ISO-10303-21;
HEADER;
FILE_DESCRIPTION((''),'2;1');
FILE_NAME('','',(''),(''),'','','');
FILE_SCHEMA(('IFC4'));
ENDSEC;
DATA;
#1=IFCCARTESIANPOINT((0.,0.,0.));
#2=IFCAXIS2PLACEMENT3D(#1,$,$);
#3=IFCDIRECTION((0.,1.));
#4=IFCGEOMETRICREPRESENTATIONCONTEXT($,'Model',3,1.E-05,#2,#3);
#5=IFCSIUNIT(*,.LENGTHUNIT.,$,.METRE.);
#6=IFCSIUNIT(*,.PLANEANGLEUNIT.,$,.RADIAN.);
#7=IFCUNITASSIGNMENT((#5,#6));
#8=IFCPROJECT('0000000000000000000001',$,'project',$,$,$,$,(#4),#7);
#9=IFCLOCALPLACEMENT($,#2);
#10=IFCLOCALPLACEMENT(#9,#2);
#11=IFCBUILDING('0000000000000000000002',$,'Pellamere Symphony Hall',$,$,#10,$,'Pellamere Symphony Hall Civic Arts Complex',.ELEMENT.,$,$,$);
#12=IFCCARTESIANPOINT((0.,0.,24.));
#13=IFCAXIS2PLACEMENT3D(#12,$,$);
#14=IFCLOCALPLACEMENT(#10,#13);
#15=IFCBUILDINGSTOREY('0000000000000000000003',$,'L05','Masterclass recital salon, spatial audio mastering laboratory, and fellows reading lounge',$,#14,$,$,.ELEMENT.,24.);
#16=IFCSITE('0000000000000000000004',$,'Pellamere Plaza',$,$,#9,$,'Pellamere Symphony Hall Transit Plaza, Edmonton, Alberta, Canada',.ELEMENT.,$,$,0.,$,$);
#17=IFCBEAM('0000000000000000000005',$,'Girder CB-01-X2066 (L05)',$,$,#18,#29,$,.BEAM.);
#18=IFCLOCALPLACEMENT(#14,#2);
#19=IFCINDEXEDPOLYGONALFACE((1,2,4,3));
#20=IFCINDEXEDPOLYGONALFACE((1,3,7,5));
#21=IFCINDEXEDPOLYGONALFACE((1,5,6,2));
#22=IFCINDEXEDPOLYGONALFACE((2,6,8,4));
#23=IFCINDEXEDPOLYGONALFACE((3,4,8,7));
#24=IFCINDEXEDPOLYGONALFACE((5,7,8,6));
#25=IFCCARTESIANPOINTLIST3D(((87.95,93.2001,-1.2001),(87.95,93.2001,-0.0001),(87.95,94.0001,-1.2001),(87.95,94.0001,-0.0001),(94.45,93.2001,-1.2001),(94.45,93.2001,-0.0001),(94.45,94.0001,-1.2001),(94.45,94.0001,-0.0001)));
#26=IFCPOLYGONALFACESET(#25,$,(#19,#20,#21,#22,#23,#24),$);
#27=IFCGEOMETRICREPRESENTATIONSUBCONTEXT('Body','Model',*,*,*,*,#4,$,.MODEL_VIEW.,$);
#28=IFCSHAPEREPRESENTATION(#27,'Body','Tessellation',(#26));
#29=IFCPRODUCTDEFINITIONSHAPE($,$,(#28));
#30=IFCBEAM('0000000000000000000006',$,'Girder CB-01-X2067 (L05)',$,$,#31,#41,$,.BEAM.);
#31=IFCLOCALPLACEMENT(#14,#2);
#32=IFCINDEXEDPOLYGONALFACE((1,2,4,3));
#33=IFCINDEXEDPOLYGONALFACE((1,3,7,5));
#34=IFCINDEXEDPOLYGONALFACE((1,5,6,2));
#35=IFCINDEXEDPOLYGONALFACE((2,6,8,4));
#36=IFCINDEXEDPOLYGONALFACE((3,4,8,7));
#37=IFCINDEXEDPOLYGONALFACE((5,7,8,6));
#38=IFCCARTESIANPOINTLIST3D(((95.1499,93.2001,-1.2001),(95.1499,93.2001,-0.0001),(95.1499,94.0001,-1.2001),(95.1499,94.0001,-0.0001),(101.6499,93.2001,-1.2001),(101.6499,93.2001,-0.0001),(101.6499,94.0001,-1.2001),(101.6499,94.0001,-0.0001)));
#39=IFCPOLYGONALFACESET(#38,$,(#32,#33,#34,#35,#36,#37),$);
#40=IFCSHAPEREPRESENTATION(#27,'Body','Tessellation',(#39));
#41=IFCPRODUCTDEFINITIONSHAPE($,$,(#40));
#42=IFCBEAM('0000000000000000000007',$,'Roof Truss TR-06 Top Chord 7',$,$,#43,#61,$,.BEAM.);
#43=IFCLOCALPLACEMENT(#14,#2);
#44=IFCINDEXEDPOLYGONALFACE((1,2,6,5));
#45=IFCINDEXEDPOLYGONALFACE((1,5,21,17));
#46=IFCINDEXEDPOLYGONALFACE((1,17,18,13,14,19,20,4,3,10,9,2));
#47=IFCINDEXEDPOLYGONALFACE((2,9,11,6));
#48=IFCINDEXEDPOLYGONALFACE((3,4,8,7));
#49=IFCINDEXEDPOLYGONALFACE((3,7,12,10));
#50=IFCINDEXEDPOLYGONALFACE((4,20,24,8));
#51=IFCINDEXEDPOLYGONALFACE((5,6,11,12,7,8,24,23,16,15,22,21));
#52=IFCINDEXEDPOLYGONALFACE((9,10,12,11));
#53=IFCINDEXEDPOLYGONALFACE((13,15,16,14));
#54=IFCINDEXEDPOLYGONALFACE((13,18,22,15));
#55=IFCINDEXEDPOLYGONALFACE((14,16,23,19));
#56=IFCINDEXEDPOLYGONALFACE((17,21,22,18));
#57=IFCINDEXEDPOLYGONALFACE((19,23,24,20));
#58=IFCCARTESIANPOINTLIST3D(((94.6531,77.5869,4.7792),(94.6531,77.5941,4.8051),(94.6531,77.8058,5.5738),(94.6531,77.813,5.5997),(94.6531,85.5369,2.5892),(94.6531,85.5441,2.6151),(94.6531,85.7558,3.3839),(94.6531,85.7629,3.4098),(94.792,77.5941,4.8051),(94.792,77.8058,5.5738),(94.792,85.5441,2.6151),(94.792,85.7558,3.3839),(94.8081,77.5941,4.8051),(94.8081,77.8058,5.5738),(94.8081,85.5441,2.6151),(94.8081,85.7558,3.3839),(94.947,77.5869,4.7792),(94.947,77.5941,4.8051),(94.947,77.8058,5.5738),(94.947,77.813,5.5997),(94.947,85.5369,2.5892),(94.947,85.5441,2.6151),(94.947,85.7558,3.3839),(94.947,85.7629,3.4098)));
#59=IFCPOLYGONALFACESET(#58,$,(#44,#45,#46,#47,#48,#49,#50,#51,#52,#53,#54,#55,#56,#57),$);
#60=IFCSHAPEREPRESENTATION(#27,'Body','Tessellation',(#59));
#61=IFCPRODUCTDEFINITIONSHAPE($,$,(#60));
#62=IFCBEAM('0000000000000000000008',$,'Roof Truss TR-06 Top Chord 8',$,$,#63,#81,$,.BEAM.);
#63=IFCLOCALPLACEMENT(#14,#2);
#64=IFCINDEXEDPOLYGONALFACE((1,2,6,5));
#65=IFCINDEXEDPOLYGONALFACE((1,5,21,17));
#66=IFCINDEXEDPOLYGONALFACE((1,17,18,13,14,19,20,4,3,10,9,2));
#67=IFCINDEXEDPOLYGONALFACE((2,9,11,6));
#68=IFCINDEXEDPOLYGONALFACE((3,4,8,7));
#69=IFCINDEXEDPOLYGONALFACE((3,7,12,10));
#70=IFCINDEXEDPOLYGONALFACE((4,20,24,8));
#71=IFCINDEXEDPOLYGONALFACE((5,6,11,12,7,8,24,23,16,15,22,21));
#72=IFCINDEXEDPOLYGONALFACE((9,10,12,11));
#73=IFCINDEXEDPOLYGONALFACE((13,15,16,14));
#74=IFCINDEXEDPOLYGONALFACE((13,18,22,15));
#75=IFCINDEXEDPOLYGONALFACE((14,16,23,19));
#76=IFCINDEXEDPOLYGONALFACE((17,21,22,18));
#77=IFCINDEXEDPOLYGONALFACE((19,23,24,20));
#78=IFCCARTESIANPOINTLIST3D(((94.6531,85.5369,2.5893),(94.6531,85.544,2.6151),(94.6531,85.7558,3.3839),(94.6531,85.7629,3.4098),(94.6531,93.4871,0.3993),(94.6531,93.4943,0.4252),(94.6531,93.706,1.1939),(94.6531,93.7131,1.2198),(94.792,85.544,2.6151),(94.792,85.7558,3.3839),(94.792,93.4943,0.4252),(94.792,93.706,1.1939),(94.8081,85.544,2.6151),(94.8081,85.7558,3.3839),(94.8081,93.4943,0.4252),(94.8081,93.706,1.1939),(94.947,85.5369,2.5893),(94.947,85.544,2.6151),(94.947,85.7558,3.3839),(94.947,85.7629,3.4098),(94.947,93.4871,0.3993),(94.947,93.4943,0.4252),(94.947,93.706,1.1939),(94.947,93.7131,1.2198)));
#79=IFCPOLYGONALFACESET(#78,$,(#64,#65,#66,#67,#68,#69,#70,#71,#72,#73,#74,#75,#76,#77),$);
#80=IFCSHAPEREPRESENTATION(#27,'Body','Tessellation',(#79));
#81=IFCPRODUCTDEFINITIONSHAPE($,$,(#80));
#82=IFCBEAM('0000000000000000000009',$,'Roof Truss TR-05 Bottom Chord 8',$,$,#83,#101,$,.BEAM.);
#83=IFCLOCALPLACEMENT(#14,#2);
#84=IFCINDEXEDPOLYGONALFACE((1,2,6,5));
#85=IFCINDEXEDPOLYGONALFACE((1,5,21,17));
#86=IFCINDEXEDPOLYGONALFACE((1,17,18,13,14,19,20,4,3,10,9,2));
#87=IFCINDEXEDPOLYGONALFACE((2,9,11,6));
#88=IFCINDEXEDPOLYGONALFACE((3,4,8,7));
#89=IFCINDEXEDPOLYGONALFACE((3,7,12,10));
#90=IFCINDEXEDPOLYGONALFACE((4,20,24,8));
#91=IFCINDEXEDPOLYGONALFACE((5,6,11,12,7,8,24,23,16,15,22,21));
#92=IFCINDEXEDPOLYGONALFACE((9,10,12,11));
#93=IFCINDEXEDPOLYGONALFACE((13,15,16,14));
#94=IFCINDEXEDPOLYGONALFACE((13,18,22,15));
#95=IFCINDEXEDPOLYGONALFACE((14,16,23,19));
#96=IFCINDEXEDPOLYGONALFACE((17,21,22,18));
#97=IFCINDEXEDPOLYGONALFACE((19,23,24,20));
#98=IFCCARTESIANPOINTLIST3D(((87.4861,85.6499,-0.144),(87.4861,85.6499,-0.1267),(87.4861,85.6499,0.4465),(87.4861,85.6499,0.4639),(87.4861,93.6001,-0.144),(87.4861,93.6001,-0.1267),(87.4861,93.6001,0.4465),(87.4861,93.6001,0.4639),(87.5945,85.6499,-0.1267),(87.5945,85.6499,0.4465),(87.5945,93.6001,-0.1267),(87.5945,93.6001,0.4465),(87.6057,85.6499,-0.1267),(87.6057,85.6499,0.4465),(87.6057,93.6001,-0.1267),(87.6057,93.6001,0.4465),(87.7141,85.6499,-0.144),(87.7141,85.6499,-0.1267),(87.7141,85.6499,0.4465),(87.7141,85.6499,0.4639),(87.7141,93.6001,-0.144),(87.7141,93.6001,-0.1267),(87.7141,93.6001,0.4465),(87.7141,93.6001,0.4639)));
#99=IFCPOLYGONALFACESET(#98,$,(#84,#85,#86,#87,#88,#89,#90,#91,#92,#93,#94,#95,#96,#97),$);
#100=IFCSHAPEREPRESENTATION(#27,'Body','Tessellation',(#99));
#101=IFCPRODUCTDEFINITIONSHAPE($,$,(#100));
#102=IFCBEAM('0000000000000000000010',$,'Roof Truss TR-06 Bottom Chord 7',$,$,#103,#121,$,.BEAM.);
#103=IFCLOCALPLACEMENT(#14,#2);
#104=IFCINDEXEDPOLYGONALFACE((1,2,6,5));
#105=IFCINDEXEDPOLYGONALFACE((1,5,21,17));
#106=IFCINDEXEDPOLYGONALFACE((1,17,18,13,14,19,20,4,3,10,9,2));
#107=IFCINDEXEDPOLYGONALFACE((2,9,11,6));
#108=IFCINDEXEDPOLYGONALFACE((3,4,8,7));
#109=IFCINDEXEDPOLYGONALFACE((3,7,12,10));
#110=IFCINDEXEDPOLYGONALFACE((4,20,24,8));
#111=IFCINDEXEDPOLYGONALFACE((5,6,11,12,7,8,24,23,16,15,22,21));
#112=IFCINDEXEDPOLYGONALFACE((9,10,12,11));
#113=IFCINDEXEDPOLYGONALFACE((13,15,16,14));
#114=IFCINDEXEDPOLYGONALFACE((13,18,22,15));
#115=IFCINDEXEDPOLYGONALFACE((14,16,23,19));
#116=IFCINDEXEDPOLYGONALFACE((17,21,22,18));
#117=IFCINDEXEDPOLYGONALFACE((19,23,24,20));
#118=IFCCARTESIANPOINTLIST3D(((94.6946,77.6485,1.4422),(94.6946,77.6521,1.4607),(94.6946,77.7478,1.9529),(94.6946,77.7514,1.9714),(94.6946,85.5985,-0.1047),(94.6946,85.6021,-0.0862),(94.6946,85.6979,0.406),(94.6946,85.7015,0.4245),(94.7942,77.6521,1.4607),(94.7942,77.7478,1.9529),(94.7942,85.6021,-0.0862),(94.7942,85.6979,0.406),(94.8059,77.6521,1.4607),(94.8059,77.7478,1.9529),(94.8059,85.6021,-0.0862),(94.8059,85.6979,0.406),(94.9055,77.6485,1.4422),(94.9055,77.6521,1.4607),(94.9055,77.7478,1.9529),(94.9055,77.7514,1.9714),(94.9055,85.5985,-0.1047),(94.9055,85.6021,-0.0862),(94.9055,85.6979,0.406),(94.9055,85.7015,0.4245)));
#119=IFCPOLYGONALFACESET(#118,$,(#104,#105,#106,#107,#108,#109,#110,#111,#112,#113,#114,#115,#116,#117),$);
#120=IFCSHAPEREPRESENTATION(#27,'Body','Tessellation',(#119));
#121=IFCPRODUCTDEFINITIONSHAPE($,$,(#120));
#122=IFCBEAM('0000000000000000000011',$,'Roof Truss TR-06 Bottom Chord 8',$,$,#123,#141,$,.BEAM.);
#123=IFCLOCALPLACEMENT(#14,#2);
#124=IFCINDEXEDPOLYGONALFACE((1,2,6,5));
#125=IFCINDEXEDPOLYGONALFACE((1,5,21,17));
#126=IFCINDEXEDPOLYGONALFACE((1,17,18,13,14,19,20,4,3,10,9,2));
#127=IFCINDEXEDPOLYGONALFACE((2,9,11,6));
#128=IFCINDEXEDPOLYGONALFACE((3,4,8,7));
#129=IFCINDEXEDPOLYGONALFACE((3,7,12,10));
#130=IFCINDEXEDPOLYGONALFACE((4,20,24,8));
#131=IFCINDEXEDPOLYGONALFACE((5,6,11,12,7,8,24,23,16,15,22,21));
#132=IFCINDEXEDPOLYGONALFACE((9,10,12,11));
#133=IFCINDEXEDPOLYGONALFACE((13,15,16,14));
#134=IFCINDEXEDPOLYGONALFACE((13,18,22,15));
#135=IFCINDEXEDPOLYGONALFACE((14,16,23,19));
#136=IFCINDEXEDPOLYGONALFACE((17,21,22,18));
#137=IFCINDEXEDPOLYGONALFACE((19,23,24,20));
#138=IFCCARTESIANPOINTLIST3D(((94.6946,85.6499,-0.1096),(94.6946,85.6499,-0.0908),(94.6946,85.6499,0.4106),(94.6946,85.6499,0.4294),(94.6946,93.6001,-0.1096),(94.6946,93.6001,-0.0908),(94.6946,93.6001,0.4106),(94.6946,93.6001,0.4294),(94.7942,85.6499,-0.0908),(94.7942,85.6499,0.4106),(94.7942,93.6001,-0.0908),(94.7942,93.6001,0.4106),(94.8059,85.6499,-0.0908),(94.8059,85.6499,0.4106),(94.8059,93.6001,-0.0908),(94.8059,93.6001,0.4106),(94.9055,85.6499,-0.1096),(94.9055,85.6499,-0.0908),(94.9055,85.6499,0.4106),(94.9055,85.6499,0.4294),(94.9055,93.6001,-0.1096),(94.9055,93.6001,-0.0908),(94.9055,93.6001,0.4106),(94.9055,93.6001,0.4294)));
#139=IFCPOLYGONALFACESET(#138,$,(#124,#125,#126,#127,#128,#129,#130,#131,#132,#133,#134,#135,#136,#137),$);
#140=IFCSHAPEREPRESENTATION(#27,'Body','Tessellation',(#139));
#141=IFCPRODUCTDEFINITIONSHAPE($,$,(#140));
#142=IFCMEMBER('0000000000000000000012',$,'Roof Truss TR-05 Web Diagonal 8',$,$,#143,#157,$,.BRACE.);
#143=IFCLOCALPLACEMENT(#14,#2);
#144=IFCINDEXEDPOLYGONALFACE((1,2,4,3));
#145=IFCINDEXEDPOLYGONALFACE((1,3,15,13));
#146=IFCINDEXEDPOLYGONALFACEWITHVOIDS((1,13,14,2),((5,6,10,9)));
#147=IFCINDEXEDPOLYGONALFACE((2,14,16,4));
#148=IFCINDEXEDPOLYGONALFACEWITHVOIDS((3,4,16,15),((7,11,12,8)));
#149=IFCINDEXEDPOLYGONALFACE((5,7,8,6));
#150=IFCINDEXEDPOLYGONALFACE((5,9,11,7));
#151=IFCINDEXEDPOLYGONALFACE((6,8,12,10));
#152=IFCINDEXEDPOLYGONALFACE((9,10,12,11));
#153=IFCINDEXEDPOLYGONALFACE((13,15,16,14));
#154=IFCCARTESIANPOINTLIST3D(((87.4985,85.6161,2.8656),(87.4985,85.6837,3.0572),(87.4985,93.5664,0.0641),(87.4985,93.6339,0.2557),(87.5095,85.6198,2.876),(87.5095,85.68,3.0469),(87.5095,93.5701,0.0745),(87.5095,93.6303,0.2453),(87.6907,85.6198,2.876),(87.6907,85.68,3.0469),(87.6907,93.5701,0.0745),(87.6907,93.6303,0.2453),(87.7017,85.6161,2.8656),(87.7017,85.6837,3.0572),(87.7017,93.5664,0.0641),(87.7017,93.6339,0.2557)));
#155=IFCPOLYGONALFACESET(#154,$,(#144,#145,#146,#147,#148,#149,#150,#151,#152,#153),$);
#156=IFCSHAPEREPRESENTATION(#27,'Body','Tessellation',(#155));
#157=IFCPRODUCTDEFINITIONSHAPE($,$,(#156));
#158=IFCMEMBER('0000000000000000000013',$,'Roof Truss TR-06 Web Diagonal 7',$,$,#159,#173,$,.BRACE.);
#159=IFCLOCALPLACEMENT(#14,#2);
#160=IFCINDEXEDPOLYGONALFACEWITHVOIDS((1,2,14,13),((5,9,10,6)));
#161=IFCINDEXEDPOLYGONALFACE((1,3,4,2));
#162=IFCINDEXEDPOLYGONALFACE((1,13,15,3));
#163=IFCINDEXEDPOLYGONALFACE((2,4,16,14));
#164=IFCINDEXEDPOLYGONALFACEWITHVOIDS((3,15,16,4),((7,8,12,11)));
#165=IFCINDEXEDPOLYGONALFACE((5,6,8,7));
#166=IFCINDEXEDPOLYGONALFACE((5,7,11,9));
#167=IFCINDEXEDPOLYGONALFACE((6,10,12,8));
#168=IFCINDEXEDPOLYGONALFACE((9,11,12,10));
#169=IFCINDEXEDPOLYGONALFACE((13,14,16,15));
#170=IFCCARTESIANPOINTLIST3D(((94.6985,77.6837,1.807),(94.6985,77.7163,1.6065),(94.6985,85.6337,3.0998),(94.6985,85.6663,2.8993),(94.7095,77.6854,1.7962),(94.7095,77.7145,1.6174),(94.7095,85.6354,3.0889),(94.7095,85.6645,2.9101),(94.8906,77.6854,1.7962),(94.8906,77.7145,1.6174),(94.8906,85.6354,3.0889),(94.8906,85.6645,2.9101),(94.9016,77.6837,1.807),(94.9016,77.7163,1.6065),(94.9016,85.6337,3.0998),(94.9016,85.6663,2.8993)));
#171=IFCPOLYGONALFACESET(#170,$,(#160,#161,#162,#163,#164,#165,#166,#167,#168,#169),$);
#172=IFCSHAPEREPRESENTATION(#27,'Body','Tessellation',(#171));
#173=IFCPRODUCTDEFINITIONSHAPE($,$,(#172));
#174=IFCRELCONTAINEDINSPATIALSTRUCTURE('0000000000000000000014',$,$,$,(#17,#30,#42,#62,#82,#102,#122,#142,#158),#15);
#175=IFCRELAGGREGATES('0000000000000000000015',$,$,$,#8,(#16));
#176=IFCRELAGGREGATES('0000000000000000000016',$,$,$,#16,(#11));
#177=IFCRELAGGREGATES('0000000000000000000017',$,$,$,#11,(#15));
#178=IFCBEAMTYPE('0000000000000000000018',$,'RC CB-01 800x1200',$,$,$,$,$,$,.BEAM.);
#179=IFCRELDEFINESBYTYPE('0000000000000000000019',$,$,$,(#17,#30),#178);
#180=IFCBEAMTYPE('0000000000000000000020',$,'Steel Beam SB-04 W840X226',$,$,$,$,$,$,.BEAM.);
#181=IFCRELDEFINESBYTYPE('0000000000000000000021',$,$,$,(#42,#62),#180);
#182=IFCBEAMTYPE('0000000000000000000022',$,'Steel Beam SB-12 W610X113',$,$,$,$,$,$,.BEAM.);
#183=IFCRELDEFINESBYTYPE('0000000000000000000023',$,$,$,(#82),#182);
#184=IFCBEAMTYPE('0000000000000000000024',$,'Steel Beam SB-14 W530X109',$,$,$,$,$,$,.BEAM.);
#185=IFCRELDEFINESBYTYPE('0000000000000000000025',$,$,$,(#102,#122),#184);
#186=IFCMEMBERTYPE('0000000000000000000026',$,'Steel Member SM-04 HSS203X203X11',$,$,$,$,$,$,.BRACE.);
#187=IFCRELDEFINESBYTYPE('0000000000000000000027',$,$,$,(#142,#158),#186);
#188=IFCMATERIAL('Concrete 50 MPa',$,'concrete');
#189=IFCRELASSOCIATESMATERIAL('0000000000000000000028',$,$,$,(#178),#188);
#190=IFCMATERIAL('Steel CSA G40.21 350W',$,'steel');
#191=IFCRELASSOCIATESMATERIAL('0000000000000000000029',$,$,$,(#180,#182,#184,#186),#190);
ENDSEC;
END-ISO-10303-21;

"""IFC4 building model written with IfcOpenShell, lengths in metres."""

from ifc_helpers import new_model, si_unit, direction, frame, origin, origin_2d, place, context, subcontext, project, spatial, rectangle, hollow_rectangle, i_section, extrude, material, material_profile, profile_set, type_object, element, save


model = new_model("IFC4")

# Units and contexts
model_context = context("Model", 3, precision=1e-05, world=origin(), true_north=direction((0.0, 1.0)))
body_context = subcontext(model_context, "Body", "Model", "MODEL_VIEW")
ifc_project = project(units=[si_unit("LENGTHUNIT", "METRE"), si_unit("PLANEANGLEUNIT", "RADIAN")], contexts=[model_context])

# Site, building, storey
site_placement = place(None, origin())
site = spatial("IfcSite", under=ifc_project, at=site_placement, Name="Pellamere Plaza", LongName="Pellamere Symphony Hall Transit Plaza, Edmonton, Alberta, Canada", CompositionType="ELEMENT", RefElevation=0.0)
building_placement = place(site_placement, origin())
building = spatial("IfcBuilding", under=site, at=building_placement, Name="Pellamere Symphony Hall", LongName="Pellamere Symphony Hall Civic Arts Complex", CompositionType="ELEMENT")
storey_placement = place(building_placement, frame((0.0, 0.0, 24.0)))
storey = spatial("IfcBuildingStorey", under=building, at=storey_placement, Name="L05", Description="Masterclass recital salon, spatial audio mastering laboratory, and fellows reading lounge", CompositionType="ELEMENT", Elevation=24.0)

# Beams
ifc_material_1 = material(Name="Concrete 50 MPa", Category="concrete")
ifc_material_profile_1 = material_profile(ifc_material_1, rectangle(XDim=0.8, YDim=1.2, at=origin_2d()), Name="RC 800x1200")
ifc_profile_set_1 = profile_set([ifc_material_profile_1], Name="Concrete 50 MPa")
beam_type_1 = type_object("IfcBeamType", Name="RC CB-01 800x1200", PredefinedType="BEAM", material=ifc_profile_set_1)
for number, where, z_axis, x_axis, name in (
    (1, (87.95, 93.6001, -0.6001), (1.0, 0.0, 0.0), (0.0, 1.0, 0.0), "Girder CB-01-X2066 (L05)"),
    (2, (95.1499, 93.6001, -0.6001), (1.0, 0.0, 0.0), (0.0, 1.0, 0.0), "Girder CB-01-X2067 (L05)"),
):
    element("IfcBeam", number, at=place(storey_placement, frame(where, z_axis=z_axis, x_axis=x_axis)), inside=storey, type_object=beam_type_1, Name=name, PredefinedType="BEAM", context=body_context, shape_type="SweptSolid", body=[
        extrude(rectangle(XDim=0.8, YDim=1.2, at=origin_2d()), origin(), (0.0, 0.0, 1.0), 6.5),
    ])
ifc_material_2 = material(Name="Steel CSA G40.21 350W", Category="steel")
ifc_material_profile_2 = material_profile(ifc_material_2, i_section(OverallWidth=0.2939, OverallDepth=0.8511, WebThickness=0.0161, FlangeThickness=0.0269, at=origin_2d()), Name="W840X226")
ifc_profile_set_2 = profile_set([ifc_material_profile_2], Name="Steel CSA G40.21 350W")
beam_type_2 = type_object("IfcBeamType", Name="Steel Beam SB-04 W840X226", PredefinedType="BEAM", material=ifc_profile_set_2)
beam_1_placement = place(storey_placement, frame((94.8, 77.7, 5.1895), z_axis=(0.0, 0.96409, -0.265574), x_axis=(-1.0, 0.0, 0.0)))
element("IfcBeam", 3, at=beam_1_placement, inside=storey, type_object=beam_type_2, Name="Roof Truss TR-06 Top Chord 7", PredefinedType="BEAM", context=body_context, shape_type="SweptSolid", body=[
    extrude(i_section(OverallWidth=0.2939, OverallDepth=0.8511, WebThickness=0.0161, FlangeThickness=0.0269, at=origin_2d()), origin(), (0.0, 0.0, 1.0), 8.2461),
])
beam_2_placement = place(storey_placement, frame((94.8, 85.6499, 2.9995), z_axis=(0.0, 0.964093, -0.265567), x_axis=(-1.0, 0.0, 0.0)))
element("IfcBeam", 4, at=beam_2_placement, inside=storey, type_object=beam_type_2, Name="Roof Truss TR-06 Top Chord 8", PredefinedType="BEAM", context=body_context, shape_type="SweptSolid", body=[
    extrude(i_section(OverallWidth=0.2939, OverallDepth=0.8511, WebThickness=0.0161, FlangeThickness=0.0269, at=origin_2d()), origin(), (0.0, 0.0, 1.0), 8.2463),
])
ifc_material_profile_3 = material_profile(ifc_material_2, i_section(OverallWidth=0.228, OverallDepth=0.6079, WebThickness=0.0112, FlangeThickness=0.0173, at=origin_2d()), Name="W610X113")
ifc_profile_set_3 = profile_set([ifc_material_profile_3], Name="Steel CSA G40.21 350W")
beam_type_3 = type_object("IfcBeamType", Name="Steel Beam SB-12 W610X113", PredefinedType="BEAM", material=ifc_profile_set_3)
beam_3_placement = place(storey_placement, frame((87.6001, 85.6499, 0.1599), z_axis=(0.0, 1.0, 0.0), x_axis=(-1.0, 0.0, 0.0)))
element("IfcBeam", 5, at=beam_3_placement, inside=storey, type_object=beam_type_3, Name="Roof Truss TR-05 Bottom Chord 8", PredefinedType="BEAM", context=body_context, shape_type="SweptSolid", body=[
    extrude(i_section(OverallWidth=0.228, OverallDepth=0.6079, WebThickness=0.0112, FlangeThickness=0.0173, at=origin_2d()), origin(), (0.0, 0.0, 1.0), 7.9502),
])
ifc_material_profile_4 = material_profile(ifc_material_2, i_section(OverallWidth=0.2109, OverallDepth=0.5391, WebThickness=0.0117, FlangeThickness=0.0188, at=origin_2d()), Name="W530X109")
ifc_profile_set_4 = profile_set([ifc_material_profile_4], Name="Steel CSA G40.21 350W")
beam_type_4 = type_object("IfcBeamType", Name="Steel Beam SB-14 W530X109", PredefinedType="BEAM", material=ifc_profile_set_4)
beam_4_placement = place(storey_placement, frame((94.8, 77.7, 1.7068), z_axis=(0.0, 0.981591, -0.190995), x_axis=(-1.0, 0.0, 0.0)))
element("IfcBeam", 6, at=beam_4_placement, inside=storey, type_object=beam_type_4, Name="Roof Truss TR-06 Bottom Chord 7", PredefinedType="BEAM", context=body_context, shape_type="SweptSolid", body=[
    extrude(i_section(OverallWidth=0.2109, OverallDepth=0.5391, WebThickness=0.0117, FlangeThickness=0.0188, at=origin_2d()), origin(), (0.0, 0.0, 1.0), 8.0991),
])
beam_5_placement = place(storey_placement, frame((94.8, 85.6499, 0.1599), z_axis=(0.0, 1.0, 0.0), x_axis=(-1.0, 0.0, 0.0)))
element("IfcBeam", 7, at=beam_5_placement, inside=storey, type_object=beam_type_4, Name="Roof Truss TR-06 Bottom Chord 8", PredefinedType="BEAM", context=body_context, shape_type="SweptSolid", body=[
    extrude(i_section(OverallWidth=0.2109, OverallDepth=0.5391, WebThickness=0.0117, FlangeThickness=0.0188, at=origin_2d()), origin(), (0.0, 0.0, 1.0), 7.9502),
])

# Members
ifc_material_profile_5 = material_profile(ifc_material_2, hollow_rectangle(XDim=0.2031, YDim=0.2031, WallThickness=0.011, at=origin_2d()), Name="HSS203X203X11")
ifc_profile_set_5 = profile_set([ifc_material_profile_5], Name="Steel CSA G40.21 350W")
member_type_1 = type_object("IfcMemberType", Name="Steel Member SM-04 HSS203X203X11", PredefinedType="BRACE", material=ifc_profile_set_5)
member_1_placement = place(storey_placement, frame((87.6001, 85.6499, 2.9614), z_axis=(0.0, 0.943155, -0.332352), x_axis=(-1.0, 0.0, 0.0)))
element("IfcMember", 8, at=member_1_placement, inside=storey, type_object=member_type_1, Name="Roof Truss TR-05 Web Diagonal 8", PredefinedType="BRACE", context=body_context, shape_type="SweptSolid", body=[
    extrude(hollow_rectangle(XDim=0.2031, YDim=0.2031, WallThickness=0.011, at=origin_2d()), origin(), (0.0, 0.0, 1.0), 8.4294),
])
member_2_placement = place(storey_placement, frame((94.8, 77.7, 1.7068), z_axis=(0.0, 0.987036, 0.1605), x_axis=(-1.0, 0.0, 0.0)))
element("IfcMember", 9, at=member_2_placement, inside=storey, type_object=member_type_1, Name="Roof Truss TR-06 Web Diagonal 7", PredefinedType="BRACE", context=body_context, shape_type="SweptSolid", body=[
    extrude(hollow_rectangle(XDim=0.2031, YDim=0.2031, WallThickness=0.011, at=origin_2d()), origin(), (0.0, 0.0, 1.0), 8.0544),
])

save(model, "model.ifc")
